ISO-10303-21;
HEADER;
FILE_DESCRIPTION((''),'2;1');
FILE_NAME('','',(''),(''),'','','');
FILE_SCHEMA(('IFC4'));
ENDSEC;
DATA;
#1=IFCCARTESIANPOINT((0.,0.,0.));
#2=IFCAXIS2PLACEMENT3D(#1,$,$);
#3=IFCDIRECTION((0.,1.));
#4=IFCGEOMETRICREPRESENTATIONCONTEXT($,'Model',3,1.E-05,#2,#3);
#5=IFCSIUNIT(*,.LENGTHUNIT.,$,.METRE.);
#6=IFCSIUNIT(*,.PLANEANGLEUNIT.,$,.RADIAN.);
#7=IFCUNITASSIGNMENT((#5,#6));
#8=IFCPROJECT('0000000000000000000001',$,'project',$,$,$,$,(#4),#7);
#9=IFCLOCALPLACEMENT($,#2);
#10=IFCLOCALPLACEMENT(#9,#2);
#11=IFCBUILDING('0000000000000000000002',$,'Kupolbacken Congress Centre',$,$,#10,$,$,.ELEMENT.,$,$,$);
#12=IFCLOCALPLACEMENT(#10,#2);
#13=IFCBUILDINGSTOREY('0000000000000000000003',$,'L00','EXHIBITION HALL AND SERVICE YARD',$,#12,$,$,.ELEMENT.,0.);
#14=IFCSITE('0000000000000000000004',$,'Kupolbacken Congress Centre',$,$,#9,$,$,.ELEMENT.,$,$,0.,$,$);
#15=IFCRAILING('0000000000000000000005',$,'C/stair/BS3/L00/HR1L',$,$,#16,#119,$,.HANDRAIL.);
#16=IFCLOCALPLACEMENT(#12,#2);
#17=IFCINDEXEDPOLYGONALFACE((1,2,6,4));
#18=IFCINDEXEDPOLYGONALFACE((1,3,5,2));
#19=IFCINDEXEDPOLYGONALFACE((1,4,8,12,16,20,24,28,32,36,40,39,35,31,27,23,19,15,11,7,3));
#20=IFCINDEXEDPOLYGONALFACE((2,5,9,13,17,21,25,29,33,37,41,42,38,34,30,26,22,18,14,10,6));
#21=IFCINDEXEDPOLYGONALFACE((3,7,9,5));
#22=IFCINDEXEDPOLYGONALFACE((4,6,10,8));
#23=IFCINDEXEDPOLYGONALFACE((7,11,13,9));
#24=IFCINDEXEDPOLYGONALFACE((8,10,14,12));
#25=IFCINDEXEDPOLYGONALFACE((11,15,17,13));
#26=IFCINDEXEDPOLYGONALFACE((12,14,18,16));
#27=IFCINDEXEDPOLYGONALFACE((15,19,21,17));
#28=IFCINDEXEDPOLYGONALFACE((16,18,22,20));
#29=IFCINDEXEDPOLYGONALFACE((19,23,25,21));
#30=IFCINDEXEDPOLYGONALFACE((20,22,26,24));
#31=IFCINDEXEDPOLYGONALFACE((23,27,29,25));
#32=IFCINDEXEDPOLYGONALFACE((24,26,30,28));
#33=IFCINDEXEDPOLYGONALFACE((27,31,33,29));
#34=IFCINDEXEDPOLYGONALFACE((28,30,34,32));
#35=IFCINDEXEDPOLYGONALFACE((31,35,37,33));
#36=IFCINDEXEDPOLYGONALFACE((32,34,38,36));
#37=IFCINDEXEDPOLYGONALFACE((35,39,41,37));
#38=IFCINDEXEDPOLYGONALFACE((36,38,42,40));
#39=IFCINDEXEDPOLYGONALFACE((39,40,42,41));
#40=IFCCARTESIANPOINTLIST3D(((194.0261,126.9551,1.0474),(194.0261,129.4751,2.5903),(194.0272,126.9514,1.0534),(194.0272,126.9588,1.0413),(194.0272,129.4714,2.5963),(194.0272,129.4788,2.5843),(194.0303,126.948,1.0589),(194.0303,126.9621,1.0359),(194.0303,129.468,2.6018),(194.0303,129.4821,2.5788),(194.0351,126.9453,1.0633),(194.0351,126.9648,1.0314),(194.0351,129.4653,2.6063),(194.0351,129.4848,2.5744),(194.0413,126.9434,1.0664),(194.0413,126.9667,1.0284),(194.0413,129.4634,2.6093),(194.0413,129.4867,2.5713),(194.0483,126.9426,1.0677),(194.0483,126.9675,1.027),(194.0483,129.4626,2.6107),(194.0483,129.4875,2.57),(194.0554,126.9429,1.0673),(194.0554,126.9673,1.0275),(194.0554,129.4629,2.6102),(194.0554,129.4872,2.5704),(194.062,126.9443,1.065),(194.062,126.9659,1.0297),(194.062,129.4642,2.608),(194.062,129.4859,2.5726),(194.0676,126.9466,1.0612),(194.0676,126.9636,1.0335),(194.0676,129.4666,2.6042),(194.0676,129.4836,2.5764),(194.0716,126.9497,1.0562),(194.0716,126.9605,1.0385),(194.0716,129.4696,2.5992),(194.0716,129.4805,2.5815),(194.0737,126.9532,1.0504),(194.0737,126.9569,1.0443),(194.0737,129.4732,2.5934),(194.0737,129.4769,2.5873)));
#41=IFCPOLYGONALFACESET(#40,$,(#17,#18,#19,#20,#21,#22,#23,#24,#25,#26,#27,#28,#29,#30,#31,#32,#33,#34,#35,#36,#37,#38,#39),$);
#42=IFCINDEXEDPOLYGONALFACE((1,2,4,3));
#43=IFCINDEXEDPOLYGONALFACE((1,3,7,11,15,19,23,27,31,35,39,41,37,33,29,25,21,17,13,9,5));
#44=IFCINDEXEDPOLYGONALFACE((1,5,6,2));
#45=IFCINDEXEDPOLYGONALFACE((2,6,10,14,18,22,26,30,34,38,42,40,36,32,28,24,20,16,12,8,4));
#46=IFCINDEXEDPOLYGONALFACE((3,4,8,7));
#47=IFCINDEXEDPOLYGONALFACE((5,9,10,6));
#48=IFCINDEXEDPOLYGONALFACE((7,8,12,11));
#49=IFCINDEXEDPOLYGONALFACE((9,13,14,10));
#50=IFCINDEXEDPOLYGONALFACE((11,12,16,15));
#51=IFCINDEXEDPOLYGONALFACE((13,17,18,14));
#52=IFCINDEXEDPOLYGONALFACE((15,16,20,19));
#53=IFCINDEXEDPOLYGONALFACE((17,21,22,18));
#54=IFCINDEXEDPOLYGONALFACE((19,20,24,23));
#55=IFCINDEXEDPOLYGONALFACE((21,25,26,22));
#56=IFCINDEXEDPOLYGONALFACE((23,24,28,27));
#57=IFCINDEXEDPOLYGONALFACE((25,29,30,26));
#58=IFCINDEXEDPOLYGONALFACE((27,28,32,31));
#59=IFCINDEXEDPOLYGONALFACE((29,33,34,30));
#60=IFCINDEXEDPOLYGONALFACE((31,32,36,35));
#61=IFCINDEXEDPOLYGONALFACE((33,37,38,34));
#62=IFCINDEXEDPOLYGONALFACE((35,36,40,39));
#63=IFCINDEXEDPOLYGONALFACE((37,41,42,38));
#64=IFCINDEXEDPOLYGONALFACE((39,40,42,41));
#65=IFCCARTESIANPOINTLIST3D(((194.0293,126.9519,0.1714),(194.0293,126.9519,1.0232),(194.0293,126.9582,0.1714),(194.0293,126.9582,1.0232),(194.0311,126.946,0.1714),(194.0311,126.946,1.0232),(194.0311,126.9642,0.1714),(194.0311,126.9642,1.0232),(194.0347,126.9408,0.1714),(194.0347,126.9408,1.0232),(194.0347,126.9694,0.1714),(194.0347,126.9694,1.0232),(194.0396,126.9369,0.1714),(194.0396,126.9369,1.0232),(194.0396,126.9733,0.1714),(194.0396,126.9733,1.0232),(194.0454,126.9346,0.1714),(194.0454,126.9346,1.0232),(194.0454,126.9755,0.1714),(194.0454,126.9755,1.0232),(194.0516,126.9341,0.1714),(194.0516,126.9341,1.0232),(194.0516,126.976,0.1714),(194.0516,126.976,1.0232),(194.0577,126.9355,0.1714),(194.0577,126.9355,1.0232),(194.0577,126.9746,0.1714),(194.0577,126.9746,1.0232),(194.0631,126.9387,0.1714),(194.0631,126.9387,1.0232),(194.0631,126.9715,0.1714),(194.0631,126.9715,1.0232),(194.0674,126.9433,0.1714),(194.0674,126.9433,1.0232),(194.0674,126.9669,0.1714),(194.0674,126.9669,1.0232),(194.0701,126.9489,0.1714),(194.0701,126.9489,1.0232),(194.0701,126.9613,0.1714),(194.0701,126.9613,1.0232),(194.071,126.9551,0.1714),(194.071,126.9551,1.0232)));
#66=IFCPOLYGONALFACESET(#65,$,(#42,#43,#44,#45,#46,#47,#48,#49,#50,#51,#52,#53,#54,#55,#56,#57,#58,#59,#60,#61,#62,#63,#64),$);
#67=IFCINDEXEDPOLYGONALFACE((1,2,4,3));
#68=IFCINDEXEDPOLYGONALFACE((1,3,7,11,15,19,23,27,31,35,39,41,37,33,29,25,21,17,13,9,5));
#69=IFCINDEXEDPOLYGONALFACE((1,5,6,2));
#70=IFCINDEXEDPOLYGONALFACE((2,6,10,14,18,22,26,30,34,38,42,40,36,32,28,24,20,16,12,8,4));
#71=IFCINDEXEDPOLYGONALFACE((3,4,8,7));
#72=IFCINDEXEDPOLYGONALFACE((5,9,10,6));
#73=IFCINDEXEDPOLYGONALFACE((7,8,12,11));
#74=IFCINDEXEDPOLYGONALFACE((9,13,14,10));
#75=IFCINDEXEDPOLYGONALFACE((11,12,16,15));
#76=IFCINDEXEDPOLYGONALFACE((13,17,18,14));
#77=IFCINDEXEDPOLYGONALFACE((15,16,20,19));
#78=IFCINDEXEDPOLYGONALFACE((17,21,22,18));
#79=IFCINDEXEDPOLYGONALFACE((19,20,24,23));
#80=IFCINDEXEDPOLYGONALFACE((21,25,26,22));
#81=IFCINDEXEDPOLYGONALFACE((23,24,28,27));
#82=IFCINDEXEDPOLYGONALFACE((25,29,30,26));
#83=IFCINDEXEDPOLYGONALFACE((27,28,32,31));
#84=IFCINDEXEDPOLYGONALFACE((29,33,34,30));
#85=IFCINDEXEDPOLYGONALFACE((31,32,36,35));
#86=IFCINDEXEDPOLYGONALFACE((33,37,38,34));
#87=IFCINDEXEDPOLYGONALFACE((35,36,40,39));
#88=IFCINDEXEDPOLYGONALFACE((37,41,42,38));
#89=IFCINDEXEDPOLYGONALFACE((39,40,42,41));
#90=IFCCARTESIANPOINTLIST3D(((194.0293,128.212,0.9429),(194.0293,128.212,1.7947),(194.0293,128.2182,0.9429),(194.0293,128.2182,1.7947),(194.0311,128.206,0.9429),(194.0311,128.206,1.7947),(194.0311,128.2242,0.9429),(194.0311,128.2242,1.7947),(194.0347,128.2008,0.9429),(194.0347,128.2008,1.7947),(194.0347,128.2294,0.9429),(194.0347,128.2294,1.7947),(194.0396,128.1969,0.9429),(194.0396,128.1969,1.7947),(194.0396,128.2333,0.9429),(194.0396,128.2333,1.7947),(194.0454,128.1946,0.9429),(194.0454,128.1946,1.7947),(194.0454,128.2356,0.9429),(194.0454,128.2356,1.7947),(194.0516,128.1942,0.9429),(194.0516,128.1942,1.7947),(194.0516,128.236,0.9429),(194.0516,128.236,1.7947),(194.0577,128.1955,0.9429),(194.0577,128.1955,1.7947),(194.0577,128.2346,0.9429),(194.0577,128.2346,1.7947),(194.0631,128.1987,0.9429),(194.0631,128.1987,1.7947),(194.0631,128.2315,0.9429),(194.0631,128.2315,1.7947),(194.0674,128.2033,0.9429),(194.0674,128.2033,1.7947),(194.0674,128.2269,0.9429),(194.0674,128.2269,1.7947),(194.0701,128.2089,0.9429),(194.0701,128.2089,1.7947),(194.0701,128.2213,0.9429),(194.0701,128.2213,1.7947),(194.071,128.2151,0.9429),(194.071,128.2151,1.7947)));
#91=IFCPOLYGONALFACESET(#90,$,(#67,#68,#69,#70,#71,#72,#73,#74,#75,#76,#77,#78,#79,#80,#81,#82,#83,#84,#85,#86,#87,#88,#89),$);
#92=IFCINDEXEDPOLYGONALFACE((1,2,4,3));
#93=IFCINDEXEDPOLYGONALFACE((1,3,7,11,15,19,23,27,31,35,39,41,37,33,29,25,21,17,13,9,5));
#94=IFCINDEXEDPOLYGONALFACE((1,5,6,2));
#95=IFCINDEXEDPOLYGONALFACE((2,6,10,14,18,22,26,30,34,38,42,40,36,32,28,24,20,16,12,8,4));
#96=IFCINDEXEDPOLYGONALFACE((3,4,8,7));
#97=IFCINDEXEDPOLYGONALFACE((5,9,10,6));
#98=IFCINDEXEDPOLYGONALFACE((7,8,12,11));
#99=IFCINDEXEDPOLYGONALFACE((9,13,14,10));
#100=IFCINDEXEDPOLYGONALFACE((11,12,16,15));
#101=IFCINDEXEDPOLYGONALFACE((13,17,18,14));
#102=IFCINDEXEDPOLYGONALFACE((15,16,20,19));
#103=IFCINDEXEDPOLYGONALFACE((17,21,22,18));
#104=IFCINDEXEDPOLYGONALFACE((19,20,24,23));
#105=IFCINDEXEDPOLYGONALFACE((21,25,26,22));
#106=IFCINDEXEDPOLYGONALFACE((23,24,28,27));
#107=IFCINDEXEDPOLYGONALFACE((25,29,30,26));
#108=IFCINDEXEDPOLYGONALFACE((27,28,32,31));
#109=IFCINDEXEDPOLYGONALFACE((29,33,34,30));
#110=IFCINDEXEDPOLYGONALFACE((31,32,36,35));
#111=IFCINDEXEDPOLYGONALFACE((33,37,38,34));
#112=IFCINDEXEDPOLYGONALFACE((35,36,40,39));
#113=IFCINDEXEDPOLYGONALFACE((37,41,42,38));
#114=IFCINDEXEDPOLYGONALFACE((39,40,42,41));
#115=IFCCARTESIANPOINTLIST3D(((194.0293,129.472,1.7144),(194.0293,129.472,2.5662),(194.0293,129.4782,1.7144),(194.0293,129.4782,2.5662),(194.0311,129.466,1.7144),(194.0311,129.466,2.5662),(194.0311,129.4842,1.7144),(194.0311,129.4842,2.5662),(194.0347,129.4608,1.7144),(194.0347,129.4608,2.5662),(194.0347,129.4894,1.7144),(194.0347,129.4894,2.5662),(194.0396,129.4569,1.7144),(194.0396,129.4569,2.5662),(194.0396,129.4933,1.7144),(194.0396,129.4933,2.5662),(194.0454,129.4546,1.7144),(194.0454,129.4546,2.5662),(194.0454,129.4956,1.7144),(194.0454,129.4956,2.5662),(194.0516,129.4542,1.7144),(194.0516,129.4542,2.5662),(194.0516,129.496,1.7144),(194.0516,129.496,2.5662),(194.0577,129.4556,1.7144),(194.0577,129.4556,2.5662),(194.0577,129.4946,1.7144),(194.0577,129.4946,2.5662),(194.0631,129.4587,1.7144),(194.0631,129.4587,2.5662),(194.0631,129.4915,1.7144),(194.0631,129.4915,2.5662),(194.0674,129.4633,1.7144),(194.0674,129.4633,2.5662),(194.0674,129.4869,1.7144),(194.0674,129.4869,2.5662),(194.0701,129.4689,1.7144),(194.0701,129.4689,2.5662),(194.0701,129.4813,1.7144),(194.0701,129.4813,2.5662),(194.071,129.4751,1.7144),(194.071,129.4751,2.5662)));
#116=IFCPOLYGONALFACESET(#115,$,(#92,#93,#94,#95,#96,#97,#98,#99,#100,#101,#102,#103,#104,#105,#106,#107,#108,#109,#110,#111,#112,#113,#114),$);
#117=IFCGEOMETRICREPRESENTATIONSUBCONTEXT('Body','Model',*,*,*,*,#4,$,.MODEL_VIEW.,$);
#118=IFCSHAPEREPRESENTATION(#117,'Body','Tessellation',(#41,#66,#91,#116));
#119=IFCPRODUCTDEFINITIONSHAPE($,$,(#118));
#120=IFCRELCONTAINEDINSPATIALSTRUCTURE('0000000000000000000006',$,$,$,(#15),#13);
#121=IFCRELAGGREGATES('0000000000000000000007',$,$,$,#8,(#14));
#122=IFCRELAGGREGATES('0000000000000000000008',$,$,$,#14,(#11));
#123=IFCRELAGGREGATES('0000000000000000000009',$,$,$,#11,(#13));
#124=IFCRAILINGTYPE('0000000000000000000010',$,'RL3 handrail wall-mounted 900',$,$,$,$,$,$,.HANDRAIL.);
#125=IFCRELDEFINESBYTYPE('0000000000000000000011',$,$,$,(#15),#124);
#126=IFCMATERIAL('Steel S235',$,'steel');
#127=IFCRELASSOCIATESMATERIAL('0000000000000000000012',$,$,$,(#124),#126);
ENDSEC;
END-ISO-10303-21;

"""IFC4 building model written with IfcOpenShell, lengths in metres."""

from ifc_helpers import new_model, si_unit, direction, frame, origin, origin_2d, place, context, subcontext, project, spatial, circle, extrude, material, type_object, element, save


model = new_model("IFC4")

# Units and contexts
model_context = context("Model", 3, precision=1e-05, world=origin(), true_north=direction((0.0, 1.0)))
body_context = subcontext(model_context, "Body", "Model", "MODEL_VIEW")
ifc_project = project(units=[si_unit("LENGTHUNIT", "METRE"), si_unit("PLANEANGLEUNIT", "RADIAN")], contexts=[model_context])

# Site, building, storey
site_placement = place(None, origin())
site = spatial("IfcSite", under=ifc_project, at=site_placement, Name="Kupolbacken Congress Centre", CompositionType="ELEMENT", RefElevation=0.0)
building_placement = place(site_placement, origin())
building = spatial("IfcBuilding", under=site, at=building_placement, Name="Kupolbacken Congress Centre", CompositionType="ELEMENT")
storey_placement = place(building_placement, origin())
storey = spatial("IfcBuildingStorey", under=building, at=storey_placement, Name="L00", Description="EXHIBITION HALL AND SERVICE YARD", CompositionType="ELEMENT", Elevation=0.0)

# Railing
ifc_material_1 = material(Name="Steel S235", Category="steel")
railing_type = type_object("IfcRailingType", Name="RL3 handrail wall-mounted 900", PredefinedType="HANDRAIL", material=ifc_material_1)
railing_placement = place(storey_placement, frame((194.05, 126.9551, 0.1714)))
element("IfcRailing", 1, at=railing_placement, inside=storey, type_object=railing_type, Name="C/stair/BS3/L00/HR1L", PredefinedType="HANDRAIL", context=body_context, shape_type="SweptSolid", body=[
    extrude(circle(Radius=0.0239, at=origin_2d()), frame((0.0, 0.0, 0.876), z_axis=(0.0, 0.852836, 0.522178), x_axis=(-1.0, 0.0, 0.0)), (0.0, 0.0, 1.0), 2.9548),
    extrude(circle(Radius=0.021, at=origin_2d()), origin(), (0.0, 0.0, 1.0), 0.8518),
    extrude(circle(Radius=0.021, at=origin_2d()), frame((0.0, 1.26, 0.7715)), (0.0, 0.0, 1.0), 0.8518),
    extrude(circle(Radius=0.021, at=origin_2d()), frame((0.0, 2.52, 1.543)), (0.0, 0.0, 1.0), 0.8518),
])

save(model, "model.ifc")
